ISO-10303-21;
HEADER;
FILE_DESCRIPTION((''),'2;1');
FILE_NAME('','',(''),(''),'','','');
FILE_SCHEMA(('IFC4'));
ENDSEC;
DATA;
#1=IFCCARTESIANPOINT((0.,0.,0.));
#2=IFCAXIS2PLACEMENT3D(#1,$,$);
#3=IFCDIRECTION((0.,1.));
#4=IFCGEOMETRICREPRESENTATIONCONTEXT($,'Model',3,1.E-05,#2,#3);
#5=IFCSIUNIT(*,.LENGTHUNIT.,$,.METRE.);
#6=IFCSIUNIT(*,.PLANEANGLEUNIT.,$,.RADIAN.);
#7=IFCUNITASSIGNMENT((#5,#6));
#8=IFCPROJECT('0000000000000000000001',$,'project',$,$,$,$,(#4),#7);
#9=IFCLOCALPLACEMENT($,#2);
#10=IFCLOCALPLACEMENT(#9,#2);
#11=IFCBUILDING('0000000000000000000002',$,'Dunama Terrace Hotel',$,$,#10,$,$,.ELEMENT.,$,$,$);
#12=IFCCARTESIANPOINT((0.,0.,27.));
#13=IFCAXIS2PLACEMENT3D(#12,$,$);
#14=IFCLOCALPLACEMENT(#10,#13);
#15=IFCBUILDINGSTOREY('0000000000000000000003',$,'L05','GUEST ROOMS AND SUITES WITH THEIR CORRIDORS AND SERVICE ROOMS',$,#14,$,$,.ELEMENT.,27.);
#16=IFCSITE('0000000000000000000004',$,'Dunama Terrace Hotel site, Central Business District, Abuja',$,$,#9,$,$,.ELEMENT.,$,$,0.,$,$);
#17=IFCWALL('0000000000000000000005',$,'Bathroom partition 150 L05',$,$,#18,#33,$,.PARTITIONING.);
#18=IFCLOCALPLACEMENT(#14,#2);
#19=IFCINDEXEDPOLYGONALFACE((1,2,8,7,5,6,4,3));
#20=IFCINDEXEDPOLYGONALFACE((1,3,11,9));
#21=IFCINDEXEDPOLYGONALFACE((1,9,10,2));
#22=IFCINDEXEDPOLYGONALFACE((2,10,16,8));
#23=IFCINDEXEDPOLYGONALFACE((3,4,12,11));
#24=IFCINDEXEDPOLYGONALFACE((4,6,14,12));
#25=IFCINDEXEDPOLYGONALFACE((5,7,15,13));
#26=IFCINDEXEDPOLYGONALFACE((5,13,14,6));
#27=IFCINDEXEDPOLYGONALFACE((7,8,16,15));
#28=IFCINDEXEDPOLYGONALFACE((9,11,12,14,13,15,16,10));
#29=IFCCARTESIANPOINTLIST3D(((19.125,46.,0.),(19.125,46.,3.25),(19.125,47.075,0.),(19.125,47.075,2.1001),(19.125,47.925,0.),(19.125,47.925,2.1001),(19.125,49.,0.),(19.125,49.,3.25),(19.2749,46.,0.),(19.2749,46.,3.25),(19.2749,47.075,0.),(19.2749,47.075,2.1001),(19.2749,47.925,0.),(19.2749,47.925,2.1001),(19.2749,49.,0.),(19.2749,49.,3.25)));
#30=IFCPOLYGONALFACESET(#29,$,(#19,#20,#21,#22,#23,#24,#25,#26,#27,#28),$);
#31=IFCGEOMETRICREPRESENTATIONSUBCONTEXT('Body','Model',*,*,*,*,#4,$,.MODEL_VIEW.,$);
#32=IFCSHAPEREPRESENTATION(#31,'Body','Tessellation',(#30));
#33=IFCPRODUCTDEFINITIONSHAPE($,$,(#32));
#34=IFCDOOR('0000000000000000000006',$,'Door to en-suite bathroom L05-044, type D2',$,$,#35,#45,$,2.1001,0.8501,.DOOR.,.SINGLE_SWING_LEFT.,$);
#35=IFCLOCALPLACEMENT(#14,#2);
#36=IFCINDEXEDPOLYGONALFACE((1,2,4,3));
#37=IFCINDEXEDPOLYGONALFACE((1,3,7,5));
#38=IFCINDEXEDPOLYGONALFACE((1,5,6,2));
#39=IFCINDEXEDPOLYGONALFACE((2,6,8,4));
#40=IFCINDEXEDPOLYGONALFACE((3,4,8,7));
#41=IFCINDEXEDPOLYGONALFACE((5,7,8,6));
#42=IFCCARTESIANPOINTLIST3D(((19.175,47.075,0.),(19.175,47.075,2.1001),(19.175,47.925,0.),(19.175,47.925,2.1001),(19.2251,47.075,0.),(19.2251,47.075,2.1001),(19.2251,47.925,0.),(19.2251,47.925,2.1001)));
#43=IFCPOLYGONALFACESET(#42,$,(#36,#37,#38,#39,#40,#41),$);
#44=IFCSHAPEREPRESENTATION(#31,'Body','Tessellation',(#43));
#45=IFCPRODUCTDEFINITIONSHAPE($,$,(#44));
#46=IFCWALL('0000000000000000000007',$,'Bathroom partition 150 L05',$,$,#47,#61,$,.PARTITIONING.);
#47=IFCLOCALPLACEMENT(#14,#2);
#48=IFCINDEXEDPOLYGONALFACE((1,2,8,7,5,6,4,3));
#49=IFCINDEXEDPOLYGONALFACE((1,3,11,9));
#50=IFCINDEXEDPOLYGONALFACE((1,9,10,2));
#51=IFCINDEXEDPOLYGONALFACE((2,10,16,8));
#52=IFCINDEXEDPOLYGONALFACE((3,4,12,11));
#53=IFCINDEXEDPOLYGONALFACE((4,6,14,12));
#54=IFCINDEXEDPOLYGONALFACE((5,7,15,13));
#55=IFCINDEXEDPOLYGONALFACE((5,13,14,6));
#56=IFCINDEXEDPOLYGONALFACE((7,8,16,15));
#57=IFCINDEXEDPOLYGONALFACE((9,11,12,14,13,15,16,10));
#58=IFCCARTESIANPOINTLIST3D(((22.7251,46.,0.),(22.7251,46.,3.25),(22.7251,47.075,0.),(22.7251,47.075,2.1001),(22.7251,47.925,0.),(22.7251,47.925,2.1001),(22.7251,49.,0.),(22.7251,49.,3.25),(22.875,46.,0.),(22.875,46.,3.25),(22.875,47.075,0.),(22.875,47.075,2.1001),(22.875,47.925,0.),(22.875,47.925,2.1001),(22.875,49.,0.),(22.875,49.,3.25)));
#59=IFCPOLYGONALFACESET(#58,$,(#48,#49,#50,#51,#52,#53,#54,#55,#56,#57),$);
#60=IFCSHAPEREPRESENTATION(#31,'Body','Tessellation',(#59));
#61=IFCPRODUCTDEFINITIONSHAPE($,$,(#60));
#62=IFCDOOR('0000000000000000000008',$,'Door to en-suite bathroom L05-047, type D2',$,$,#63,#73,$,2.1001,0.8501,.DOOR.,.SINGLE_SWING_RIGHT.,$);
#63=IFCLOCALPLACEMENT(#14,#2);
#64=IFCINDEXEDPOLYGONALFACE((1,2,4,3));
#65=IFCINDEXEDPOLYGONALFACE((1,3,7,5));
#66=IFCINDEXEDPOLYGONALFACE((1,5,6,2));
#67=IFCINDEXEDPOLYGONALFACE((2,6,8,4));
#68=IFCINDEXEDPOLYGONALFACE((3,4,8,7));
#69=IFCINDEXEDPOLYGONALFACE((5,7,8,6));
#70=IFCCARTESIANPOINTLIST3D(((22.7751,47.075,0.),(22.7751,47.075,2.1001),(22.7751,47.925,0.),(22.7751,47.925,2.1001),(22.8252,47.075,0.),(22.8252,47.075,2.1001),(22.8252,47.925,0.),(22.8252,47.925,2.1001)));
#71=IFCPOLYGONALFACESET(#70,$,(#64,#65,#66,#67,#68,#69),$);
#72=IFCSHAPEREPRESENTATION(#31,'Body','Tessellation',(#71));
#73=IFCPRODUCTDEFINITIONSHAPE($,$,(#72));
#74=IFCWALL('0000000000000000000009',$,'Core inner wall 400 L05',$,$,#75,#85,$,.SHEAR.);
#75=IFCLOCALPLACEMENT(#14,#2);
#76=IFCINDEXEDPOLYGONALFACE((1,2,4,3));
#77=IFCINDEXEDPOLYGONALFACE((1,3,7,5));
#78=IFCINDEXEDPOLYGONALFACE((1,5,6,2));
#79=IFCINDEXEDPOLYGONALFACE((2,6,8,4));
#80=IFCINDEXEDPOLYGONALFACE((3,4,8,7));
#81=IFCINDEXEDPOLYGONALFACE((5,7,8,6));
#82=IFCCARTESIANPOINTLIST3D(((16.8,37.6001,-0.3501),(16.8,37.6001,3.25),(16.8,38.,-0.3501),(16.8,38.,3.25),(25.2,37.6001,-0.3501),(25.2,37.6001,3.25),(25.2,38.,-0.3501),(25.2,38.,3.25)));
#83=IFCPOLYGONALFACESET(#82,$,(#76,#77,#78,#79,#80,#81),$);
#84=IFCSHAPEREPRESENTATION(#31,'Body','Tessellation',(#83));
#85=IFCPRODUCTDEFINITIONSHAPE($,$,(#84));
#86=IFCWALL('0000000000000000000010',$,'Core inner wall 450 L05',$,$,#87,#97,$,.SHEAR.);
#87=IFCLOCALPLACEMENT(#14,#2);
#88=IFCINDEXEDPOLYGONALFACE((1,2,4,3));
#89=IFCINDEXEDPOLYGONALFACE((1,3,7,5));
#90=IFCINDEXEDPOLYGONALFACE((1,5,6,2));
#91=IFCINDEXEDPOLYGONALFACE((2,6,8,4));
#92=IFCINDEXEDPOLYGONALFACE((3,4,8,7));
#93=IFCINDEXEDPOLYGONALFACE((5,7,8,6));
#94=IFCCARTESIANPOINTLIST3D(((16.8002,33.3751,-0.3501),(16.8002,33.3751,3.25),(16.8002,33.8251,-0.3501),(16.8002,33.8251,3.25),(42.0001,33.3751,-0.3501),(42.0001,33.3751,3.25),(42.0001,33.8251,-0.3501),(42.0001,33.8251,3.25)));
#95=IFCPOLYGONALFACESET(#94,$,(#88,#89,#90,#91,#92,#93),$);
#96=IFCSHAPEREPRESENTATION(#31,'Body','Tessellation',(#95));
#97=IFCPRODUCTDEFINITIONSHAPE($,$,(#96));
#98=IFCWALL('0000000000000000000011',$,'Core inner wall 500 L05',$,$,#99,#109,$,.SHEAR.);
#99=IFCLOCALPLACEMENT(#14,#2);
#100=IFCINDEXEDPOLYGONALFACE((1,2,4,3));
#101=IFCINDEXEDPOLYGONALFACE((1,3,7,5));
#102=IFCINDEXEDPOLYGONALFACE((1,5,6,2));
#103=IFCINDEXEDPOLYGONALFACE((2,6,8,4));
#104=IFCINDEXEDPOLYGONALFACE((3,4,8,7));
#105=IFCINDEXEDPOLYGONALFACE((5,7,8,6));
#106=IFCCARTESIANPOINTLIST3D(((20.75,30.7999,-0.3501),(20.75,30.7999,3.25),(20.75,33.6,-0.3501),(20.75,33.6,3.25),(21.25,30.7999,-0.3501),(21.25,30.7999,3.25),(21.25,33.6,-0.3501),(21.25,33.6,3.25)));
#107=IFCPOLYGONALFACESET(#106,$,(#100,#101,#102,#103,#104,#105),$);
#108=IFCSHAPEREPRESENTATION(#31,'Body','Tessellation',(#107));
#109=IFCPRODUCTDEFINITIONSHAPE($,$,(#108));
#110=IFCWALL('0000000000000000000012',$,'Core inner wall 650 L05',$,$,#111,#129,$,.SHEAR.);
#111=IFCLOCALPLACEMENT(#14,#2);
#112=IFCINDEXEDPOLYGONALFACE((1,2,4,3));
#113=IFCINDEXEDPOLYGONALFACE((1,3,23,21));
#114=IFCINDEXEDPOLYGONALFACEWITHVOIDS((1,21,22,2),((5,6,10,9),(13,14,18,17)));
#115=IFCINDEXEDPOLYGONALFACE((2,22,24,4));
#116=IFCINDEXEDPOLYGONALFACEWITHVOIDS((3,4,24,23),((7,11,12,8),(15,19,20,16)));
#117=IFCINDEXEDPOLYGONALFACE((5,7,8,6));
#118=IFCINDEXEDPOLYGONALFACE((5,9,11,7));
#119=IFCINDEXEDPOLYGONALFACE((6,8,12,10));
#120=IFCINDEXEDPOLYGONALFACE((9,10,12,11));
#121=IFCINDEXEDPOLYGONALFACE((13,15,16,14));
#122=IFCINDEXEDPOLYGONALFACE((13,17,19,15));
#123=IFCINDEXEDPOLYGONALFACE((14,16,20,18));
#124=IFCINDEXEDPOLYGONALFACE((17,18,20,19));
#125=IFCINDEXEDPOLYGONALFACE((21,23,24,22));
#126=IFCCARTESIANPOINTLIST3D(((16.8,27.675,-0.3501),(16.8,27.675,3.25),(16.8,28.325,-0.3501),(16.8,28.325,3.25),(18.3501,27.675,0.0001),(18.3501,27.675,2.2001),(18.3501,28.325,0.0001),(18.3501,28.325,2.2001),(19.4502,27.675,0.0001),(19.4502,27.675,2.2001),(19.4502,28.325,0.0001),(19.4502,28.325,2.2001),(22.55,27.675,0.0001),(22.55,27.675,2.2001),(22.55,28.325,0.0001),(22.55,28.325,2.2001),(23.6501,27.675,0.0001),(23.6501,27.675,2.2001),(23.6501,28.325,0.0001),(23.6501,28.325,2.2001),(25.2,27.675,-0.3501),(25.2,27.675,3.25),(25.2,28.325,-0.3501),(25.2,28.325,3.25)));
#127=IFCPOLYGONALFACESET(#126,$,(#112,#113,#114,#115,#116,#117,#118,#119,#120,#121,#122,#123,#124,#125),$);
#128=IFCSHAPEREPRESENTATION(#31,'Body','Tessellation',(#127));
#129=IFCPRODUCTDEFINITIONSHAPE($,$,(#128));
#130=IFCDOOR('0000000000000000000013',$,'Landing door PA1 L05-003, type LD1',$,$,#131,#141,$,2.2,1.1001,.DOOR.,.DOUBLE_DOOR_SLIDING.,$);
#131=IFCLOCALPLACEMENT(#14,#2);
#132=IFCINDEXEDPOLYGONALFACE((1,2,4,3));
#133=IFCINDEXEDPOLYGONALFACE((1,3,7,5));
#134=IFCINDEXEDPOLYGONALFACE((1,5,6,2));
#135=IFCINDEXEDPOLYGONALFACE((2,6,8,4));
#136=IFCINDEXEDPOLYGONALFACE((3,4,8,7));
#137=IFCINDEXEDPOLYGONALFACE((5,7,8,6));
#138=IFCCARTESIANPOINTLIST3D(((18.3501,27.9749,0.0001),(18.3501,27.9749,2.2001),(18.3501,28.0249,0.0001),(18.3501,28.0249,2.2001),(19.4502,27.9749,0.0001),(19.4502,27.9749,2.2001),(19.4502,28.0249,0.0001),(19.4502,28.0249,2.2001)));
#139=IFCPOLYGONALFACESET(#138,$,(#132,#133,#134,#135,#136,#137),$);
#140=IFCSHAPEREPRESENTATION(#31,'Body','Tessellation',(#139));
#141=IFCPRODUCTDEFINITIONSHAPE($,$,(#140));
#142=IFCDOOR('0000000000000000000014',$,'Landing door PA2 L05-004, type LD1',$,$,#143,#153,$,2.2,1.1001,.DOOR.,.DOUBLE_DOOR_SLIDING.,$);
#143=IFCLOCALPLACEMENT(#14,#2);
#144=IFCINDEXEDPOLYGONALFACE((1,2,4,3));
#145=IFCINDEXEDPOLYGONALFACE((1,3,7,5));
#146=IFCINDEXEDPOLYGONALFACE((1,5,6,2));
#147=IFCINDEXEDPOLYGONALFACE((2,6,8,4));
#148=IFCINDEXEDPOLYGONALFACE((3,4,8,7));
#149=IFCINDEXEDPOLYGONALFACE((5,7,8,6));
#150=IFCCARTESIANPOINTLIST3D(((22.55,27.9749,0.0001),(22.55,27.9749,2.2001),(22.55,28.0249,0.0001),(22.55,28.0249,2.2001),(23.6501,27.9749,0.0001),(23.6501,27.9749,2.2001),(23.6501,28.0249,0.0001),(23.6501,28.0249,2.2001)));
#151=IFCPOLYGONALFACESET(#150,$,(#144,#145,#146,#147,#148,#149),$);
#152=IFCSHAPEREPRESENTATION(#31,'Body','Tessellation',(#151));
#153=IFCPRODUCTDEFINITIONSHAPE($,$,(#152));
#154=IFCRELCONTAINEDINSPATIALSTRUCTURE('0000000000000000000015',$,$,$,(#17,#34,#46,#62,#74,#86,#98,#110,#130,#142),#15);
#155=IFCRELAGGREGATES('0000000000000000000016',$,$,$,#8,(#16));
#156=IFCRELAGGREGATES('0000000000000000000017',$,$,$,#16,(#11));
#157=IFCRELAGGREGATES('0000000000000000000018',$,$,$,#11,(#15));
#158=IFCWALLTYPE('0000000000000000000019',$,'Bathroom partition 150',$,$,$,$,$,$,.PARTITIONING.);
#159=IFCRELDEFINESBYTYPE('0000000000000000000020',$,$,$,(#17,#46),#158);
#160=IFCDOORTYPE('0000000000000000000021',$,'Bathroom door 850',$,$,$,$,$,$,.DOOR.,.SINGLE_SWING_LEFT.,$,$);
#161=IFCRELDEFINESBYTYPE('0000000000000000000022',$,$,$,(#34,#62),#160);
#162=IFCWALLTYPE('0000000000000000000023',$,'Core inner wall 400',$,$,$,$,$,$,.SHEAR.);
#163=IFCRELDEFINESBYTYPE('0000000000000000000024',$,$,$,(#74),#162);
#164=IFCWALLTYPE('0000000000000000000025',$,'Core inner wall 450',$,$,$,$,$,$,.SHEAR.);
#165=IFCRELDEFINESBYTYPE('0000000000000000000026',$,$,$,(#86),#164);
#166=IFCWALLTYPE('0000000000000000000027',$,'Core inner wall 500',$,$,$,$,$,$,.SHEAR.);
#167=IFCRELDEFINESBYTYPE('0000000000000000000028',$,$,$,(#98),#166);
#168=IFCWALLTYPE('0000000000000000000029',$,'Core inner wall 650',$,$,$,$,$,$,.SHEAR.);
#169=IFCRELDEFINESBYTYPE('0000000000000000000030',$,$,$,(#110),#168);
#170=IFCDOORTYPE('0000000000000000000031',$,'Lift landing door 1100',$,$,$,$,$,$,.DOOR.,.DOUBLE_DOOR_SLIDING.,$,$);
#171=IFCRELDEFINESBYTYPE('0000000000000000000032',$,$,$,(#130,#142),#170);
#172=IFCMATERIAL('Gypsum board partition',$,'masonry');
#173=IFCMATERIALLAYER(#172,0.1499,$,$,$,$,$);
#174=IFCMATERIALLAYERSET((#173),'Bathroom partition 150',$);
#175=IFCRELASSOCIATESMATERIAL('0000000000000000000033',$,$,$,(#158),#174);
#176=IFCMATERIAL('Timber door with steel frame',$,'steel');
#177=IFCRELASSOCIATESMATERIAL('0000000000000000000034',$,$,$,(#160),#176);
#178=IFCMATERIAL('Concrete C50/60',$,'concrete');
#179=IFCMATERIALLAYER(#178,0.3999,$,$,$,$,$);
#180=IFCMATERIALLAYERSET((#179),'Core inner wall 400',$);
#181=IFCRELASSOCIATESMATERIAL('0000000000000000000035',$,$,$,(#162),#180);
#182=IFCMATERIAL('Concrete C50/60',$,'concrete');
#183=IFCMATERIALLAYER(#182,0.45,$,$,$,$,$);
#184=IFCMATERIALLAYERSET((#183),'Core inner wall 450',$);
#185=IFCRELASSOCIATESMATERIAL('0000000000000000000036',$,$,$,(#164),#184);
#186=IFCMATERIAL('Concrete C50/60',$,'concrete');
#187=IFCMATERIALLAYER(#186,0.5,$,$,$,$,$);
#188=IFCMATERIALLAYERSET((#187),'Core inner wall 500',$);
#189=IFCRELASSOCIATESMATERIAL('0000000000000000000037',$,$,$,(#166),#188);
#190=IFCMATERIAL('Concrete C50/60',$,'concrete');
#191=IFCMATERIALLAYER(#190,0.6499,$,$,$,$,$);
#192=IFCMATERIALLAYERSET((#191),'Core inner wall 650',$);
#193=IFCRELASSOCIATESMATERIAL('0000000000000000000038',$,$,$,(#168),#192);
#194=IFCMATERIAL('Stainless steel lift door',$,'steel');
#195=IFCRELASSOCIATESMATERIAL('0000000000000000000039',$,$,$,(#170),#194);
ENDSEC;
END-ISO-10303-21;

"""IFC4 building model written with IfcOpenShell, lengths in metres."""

from ifc_helpers import new_model, si_unit, direction, frame, frame_2d, origin, place, context, subcontext, project, spatial, rectangle, extrude, material, layer, layer_set, type_object, element, fill, save


model = new_model("IFC4")

# Units and contexts
model_context = context("Model", 3, precision=1e-05, world=origin(), true_north=direction((0.0, 1.0)))
body_context = subcontext(model_context, "Body", "Model", "MODEL_VIEW")
ifc_project = project(units=[si_unit("LENGTHUNIT", "METRE"), si_unit("PLANEANGLEUNIT", "RADIAN")], contexts=[model_context])

# Site, building, storey
site_placement = place(None, origin())
site = spatial("IfcSite", under=ifc_project, at=site_placement, Name="Dunama Terrace Hotel site, Central Business District, Abuja", CompositionType="ELEMENT", RefElevation=0.0)
building_placement = place(site_placement, origin())
building = spatial("IfcBuilding", under=site, at=building_placement, Name="Dunama Terrace Hotel", CompositionType="ELEMENT")
storey_placement = place(building_placement, frame((0.0, 0.0, 27.0)))
storey = spatial("IfcBuildingStorey", under=building, at=storey_placement, Name="L05", Description="GUEST ROOMS AND SUITES WITH THEIR CORRIDORS AND SERVICE ROOMS", CompositionType="ELEMENT", Elevation=27.0)

# Walls, openings, doors
ifc_material_1 = material(Name="Gypsum board partition", Category="masonry")
ifc_layer_1 = layer(ifc_material_1, 0.1499)
ifc_layer_set_1 = layer_set([ifc_layer_1], Name="Bathroom partition 150")
wall_type_1 = type_object("IfcWallType", Name="Bathroom partition 150", PredefinedType="PARTITIONING", material=ifc_layer_set_1)
wall_1_placement = place(storey_placement, frame((19.2, 46.0, 0.0), z_axis=(0.0, 0.0, 1.0), x_axis=(0.0, 1.0, 0.0)))
wall_1 = element("IfcWall", 1, at=wall_1_placement, inside=storey, type_object=wall_type_1, Name="Bathroom partition 150 L05", PredefinedType="PARTITIONING", context=body_context, shape_type="SweptSolid", body=[
    extrude(rectangle(XDim=3.0, YDim=0.1499, at=frame_2d((1.5, 0.0))), origin(), (0.0, 0.0, 1.0), 3.25),
])
opening_1_placement = place(wall_1_placement, frame((1.075, 0.0, 0.0)))
opening_1 = element("IfcOpeningElement", 2, at=opening_1_placement, cuts=wall_1, PredefinedType="OPENING", context=body_context, shape_type="SweptSolid", body=[
    extrude(rectangle(XDim=0.8501, YDim=2.1001, at=frame_2d((0.425, 1.05))), frame((0.0, 0.085, 0.0), z_axis=(0.0, -1.0, 0.0), x_axis=(1.0, 0.0, 0.0)), (0.0, 0.0, 1.0), 0.1699),
])
ifc_material_2 = material(Name="Timber door with steel frame", Category="steel")
door_type_1 = type_object("IfcDoorType", Name="Bathroom door 850", OperationType="SINGLE_SWING_LEFT", PredefinedType="DOOR", material=ifc_material_2)
door_1_placement = place(opening_1_placement, origin())
door_1 = element("IfcDoor", 3, at=door_1_placement, inside=storey, type_object=door_type_1, Name="Door to en-suite bathroom L05-044, type D2", OperationType="SINGLE_SWING_LEFT", OverallHeight=2.1001, OverallWidth=0.8501, PredefinedType="DOOR", context=body_context, shape_type="SweptSolid", body=[
    extrude(rectangle(XDim=0.8501, YDim=2.1001, at=frame_2d((0.425, 1.05))), frame((0.0, 0.0249, 0.0), z_axis=(0.0, -1.0, 0.0), x_axis=(1.0, 0.0, 0.0)), (0.0, 0.0, 1.0), 0.05),
])
fill(opening_1, door_1)
wall_2_placement = place(storey_placement, frame((22.8, 46.0, 0.0), z_axis=(0.0, 0.0, 1.0), x_axis=(0.0, 1.0, 0.0)))
wall_2 = element("IfcWall", 4, at=wall_2_placement, inside=storey, type_object=wall_type_1, Name="Bathroom partition 150 L05", PredefinedType="PARTITIONING", context=body_context, shape_type="SweptSolid", body=[
    extrude(rectangle(XDim=3.0, YDim=0.1499, at=frame_2d((1.5, 0.0))), origin(), (0.0, 0.0, 1.0), 3.25),
])
opening_2_placement = place(wall_2_placement, frame((1.075, 0.0, 0.0)))
opening_2 = element("IfcOpeningElement", 5, at=opening_2_placement, cuts=wall_2, PredefinedType="OPENING", context=body_context, shape_type="SweptSolid", body=[
    extrude(rectangle(XDim=0.8501, YDim=2.1001, at=frame_2d((0.425, 1.05))), frame((0.0, 0.085, 0.0), z_axis=(0.0, -1.0, 0.0), x_axis=(1.0, 0.0, 0.0)), (0.0, 0.0, 1.0), 0.1699),
])
door_2_placement = place(opening_2_placement, frame((0.8501, 0.0, 0.0), z_axis=(0.0, 0.0, 1.0), x_axis=(-1.0, 0.0, 0.0)))
door_2 = element("IfcDoor", 6, at=door_2_placement, inside=storey, type_object=door_type_1, Name="Door to en-suite bathroom L05-047, type D2", OperationType="SINGLE_SWING_RIGHT", OverallHeight=2.1001, OverallWidth=0.8501, PredefinedType="DOOR", context=body_context, shape_type="SweptSolid", body=[
    extrude(rectangle(XDim=0.8501, YDim=2.1001, at=frame_2d((0.425, 1.05))), frame((0.0, 0.0251, 0.0), z_axis=(0.0, -1.0, 0.0), x_axis=(1.0, 0.0, 0.0)), (0.0, 0.0, 1.0), 0.05),
])
fill(opening_2, door_2)

# Walls
ifc_material_3 = material(Name="Concrete C50/60", Category="concrete")
ifc_layer_2 = layer(ifc_material_3, 0.3999)
ifc_layer_set_2 = layer_set([ifc_layer_2], Name="Core inner wall 400")
wall_type_2 = type_object("IfcWallType", Name="Core inner wall 400", PredefinedType="SHEAR", material=ifc_layer_set_2)
wall_3_placement = place(storey_placement, frame((16.8, 37.8, -0.3501), z_axis=(0.0, 0.0, 1.0), x_axis=(1.0, 0.0, 0.0)))
element("IfcWall", 7, at=wall_3_placement, inside=storey, type_object=wall_type_2, Name="Core inner wall 400 L05", PredefinedType="SHEAR", context=body_context, shape_type="SweptSolid", body=[
    extrude(rectangle(XDim=8.3999, YDim=0.3999, at=frame_2d((4.2, 0.0))), origin(), (0.0, 0.0, 1.0), 3.6001),
])
ifc_material_4 = material(Name="Concrete C50/60", Category="concrete")
ifc_layer_3 = layer(ifc_material_4, 0.45)
ifc_layer_set_3 = layer_set([ifc_layer_3], Name="Core inner wall 450")
wall_type_3 = type_object("IfcWallType", Name="Core inner wall 450", PredefinedType="SHEAR", material=ifc_layer_set_3)
wall_4_placement = place(storey_placement, frame((16.8, 33.6001, -0.3501), z_axis=(0.0, 0.0, 1.0), x_axis=(1.0, 0.0, 0.0)))
element("IfcWall", 8, at=wall_4_placement, inside=storey, type_object=wall_type_3, Name="Core inner wall 450 L05", PredefinedType="SHEAR", context=body_context, shape_type="SweptSolid", body=[
    extrude(rectangle(XDim=25.2, YDim=0.45, at=frame_2d((12.6001, 0.0))), origin(), (0.0, 0.0, 1.0), 3.6001),
])
ifc_material_5 = material(Name="Concrete C50/60", Category="concrete")
ifc_layer_4 = layer(ifc_material_5, 0.5)
ifc_layer_set_4 = layer_set([ifc_layer_4], Name="Core inner wall 500")
wall_type_4 = type_object("IfcWallType", Name="Core inner wall 500", PredefinedType="SHEAR", material=ifc_layer_set_4)
wall_5_placement = place(storey_placement, frame((21.0, 30.8, -0.3501), z_axis=(0.0, 0.0, 1.0), x_axis=(0.0, 1.0, 0.0)))
element("IfcWall", 9, at=wall_5_placement, inside=storey, type_object=wall_type_4, Name="Core inner wall 500 L05", PredefinedType="SHEAR", context=body_context, shape_type="SweptSolid", body=[
    extrude(rectangle(XDim=2.8, YDim=0.5, at=frame_2d((1.3999, 0.0))), origin(), (0.0, 0.0, 1.0), 3.6001),
])

# Wall, openings, doors
ifc_material_6 = material(Name="Concrete C50/60", Category="concrete")
ifc_layer_5 = layer(ifc_material_6, 0.6499)
ifc_layer_set_5 = layer_set([ifc_layer_5], Name="Core inner wall 650")
wall_type_5 = type_object("IfcWallType", Name="Core inner wall 650", PredefinedType="SHEAR", material=ifc_layer_set_5)
wall_6_placement = place(storey_placement, frame((16.8, 28.0, -0.3501), z_axis=(0.0, 0.0, 1.0), x_axis=(1.0, 0.0, 0.0)))
wall_6 = element("IfcWall", 10, at=wall_6_placement, inside=storey, type_object=wall_type_5, Name="Core inner wall 650 L05", PredefinedType="SHEAR", context=body_context, shape_type="SweptSolid", body=[
    extrude(rectangle(XDim=8.3999, YDim=0.6499, at=frame_2d((4.2, 0.0))), origin(), (0.0, 0.0, 1.0), 3.6001),
])
opening_3_placement = place(wall_6_placement, frame((1.55, 0.0, 0.3501)))
opening_3 = element("IfcOpeningElement", 11, at=opening_3_placement, cuts=wall_6, PredefinedType="OPENING", context=body_context, shape_type="SweptSolid", body=[
    extrude(rectangle(XDim=1.1001, YDim=2.2, at=frame_2d((0.55, 1.1001))), frame((0.0, 0.335, 0.0), z_axis=(0.0, -1.0, 0.0), x_axis=(1.0, 0.0, 0.0)), (0.0, 0.0, 1.0), 0.6699),
])
opening_4_placement = place(wall_6_placement, frame((5.75, 0.0, 0.3501)))
opening_4 = element("IfcOpeningElement", 12, at=opening_4_placement, cuts=wall_6, PredefinedType="OPENING", context=body_context, shape_type="SweptSolid", body=[
    extrude(rectangle(XDim=1.1001, YDim=2.2, at=frame_2d((0.55, 1.1001))), frame((0.0, 0.335, 0.0), z_axis=(0.0, -1.0, 0.0), x_axis=(1.0, 0.0, 0.0)), (0.0, 0.0, 1.0), 0.6699),
])
ifc_material_7 = material(Name="Stainless steel lift door", Category="steel")
door_type_2 = type_object("IfcDoorType", Name="Lift landing door 1100", OperationType="DOUBLE_DOOR_SLIDING", PredefinedType="DOOR", material=ifc_material_7)
door_3_placement = place(opening_3_placement, origin())
door_3 = element("IfcDoor", 13, at=door_3_placement, inside=storey, type_object=door_type_2, Name="Landing door PA1 L05-003, type LD1", OperationType="DOUBLE_DOOR_SLIDING", OverallHeight=2.2, OverallWidth=1.1001, PredefinedType="DOOR", context=body_context, shape_type="SweptSolid", body=[
    extrude(rectangle(XDim=1.1001, YDim=2.2, at=frame_2d((0.55, 1.1001))), frame((0.0, 0.0249, 0.0), z_axis=(0.0, -1.0, 0.0), x_axis=(1.0, 0.0, 0.0)), (0.0, 0.0, 1.0), 0.05),
])
fill(opening_3, door_3)
door_4_placement = place(opening_4_placement, origin())
door_4 = element("IfcDoor", 14, at=door_4_placement, inside=storey, type_object=door_type_2, Name="Landing door PA2 L05-004, type LD1", OperationType="DOUBLE_DOOR_SLIDING", OverallHeight=2.2, OverallWidth=1.1001, PredefinedType="DOOR", context=body_context, shape_type="SweptSolid", body=[
    extrude(rectangle(XDim=1.1001, YDim=2.2, at=frame_2d((0.55, 1.1001))), frame((0.0, 0.0249, 0.0), z_axis=(0.0, -1.0, 0.0), x_axis=(1.0, 0.0, 0.0)), (0.0, 0.0, 1.0), 0.05),
])
fill(opening_4, door_4)

save(model, "model.ifc")
